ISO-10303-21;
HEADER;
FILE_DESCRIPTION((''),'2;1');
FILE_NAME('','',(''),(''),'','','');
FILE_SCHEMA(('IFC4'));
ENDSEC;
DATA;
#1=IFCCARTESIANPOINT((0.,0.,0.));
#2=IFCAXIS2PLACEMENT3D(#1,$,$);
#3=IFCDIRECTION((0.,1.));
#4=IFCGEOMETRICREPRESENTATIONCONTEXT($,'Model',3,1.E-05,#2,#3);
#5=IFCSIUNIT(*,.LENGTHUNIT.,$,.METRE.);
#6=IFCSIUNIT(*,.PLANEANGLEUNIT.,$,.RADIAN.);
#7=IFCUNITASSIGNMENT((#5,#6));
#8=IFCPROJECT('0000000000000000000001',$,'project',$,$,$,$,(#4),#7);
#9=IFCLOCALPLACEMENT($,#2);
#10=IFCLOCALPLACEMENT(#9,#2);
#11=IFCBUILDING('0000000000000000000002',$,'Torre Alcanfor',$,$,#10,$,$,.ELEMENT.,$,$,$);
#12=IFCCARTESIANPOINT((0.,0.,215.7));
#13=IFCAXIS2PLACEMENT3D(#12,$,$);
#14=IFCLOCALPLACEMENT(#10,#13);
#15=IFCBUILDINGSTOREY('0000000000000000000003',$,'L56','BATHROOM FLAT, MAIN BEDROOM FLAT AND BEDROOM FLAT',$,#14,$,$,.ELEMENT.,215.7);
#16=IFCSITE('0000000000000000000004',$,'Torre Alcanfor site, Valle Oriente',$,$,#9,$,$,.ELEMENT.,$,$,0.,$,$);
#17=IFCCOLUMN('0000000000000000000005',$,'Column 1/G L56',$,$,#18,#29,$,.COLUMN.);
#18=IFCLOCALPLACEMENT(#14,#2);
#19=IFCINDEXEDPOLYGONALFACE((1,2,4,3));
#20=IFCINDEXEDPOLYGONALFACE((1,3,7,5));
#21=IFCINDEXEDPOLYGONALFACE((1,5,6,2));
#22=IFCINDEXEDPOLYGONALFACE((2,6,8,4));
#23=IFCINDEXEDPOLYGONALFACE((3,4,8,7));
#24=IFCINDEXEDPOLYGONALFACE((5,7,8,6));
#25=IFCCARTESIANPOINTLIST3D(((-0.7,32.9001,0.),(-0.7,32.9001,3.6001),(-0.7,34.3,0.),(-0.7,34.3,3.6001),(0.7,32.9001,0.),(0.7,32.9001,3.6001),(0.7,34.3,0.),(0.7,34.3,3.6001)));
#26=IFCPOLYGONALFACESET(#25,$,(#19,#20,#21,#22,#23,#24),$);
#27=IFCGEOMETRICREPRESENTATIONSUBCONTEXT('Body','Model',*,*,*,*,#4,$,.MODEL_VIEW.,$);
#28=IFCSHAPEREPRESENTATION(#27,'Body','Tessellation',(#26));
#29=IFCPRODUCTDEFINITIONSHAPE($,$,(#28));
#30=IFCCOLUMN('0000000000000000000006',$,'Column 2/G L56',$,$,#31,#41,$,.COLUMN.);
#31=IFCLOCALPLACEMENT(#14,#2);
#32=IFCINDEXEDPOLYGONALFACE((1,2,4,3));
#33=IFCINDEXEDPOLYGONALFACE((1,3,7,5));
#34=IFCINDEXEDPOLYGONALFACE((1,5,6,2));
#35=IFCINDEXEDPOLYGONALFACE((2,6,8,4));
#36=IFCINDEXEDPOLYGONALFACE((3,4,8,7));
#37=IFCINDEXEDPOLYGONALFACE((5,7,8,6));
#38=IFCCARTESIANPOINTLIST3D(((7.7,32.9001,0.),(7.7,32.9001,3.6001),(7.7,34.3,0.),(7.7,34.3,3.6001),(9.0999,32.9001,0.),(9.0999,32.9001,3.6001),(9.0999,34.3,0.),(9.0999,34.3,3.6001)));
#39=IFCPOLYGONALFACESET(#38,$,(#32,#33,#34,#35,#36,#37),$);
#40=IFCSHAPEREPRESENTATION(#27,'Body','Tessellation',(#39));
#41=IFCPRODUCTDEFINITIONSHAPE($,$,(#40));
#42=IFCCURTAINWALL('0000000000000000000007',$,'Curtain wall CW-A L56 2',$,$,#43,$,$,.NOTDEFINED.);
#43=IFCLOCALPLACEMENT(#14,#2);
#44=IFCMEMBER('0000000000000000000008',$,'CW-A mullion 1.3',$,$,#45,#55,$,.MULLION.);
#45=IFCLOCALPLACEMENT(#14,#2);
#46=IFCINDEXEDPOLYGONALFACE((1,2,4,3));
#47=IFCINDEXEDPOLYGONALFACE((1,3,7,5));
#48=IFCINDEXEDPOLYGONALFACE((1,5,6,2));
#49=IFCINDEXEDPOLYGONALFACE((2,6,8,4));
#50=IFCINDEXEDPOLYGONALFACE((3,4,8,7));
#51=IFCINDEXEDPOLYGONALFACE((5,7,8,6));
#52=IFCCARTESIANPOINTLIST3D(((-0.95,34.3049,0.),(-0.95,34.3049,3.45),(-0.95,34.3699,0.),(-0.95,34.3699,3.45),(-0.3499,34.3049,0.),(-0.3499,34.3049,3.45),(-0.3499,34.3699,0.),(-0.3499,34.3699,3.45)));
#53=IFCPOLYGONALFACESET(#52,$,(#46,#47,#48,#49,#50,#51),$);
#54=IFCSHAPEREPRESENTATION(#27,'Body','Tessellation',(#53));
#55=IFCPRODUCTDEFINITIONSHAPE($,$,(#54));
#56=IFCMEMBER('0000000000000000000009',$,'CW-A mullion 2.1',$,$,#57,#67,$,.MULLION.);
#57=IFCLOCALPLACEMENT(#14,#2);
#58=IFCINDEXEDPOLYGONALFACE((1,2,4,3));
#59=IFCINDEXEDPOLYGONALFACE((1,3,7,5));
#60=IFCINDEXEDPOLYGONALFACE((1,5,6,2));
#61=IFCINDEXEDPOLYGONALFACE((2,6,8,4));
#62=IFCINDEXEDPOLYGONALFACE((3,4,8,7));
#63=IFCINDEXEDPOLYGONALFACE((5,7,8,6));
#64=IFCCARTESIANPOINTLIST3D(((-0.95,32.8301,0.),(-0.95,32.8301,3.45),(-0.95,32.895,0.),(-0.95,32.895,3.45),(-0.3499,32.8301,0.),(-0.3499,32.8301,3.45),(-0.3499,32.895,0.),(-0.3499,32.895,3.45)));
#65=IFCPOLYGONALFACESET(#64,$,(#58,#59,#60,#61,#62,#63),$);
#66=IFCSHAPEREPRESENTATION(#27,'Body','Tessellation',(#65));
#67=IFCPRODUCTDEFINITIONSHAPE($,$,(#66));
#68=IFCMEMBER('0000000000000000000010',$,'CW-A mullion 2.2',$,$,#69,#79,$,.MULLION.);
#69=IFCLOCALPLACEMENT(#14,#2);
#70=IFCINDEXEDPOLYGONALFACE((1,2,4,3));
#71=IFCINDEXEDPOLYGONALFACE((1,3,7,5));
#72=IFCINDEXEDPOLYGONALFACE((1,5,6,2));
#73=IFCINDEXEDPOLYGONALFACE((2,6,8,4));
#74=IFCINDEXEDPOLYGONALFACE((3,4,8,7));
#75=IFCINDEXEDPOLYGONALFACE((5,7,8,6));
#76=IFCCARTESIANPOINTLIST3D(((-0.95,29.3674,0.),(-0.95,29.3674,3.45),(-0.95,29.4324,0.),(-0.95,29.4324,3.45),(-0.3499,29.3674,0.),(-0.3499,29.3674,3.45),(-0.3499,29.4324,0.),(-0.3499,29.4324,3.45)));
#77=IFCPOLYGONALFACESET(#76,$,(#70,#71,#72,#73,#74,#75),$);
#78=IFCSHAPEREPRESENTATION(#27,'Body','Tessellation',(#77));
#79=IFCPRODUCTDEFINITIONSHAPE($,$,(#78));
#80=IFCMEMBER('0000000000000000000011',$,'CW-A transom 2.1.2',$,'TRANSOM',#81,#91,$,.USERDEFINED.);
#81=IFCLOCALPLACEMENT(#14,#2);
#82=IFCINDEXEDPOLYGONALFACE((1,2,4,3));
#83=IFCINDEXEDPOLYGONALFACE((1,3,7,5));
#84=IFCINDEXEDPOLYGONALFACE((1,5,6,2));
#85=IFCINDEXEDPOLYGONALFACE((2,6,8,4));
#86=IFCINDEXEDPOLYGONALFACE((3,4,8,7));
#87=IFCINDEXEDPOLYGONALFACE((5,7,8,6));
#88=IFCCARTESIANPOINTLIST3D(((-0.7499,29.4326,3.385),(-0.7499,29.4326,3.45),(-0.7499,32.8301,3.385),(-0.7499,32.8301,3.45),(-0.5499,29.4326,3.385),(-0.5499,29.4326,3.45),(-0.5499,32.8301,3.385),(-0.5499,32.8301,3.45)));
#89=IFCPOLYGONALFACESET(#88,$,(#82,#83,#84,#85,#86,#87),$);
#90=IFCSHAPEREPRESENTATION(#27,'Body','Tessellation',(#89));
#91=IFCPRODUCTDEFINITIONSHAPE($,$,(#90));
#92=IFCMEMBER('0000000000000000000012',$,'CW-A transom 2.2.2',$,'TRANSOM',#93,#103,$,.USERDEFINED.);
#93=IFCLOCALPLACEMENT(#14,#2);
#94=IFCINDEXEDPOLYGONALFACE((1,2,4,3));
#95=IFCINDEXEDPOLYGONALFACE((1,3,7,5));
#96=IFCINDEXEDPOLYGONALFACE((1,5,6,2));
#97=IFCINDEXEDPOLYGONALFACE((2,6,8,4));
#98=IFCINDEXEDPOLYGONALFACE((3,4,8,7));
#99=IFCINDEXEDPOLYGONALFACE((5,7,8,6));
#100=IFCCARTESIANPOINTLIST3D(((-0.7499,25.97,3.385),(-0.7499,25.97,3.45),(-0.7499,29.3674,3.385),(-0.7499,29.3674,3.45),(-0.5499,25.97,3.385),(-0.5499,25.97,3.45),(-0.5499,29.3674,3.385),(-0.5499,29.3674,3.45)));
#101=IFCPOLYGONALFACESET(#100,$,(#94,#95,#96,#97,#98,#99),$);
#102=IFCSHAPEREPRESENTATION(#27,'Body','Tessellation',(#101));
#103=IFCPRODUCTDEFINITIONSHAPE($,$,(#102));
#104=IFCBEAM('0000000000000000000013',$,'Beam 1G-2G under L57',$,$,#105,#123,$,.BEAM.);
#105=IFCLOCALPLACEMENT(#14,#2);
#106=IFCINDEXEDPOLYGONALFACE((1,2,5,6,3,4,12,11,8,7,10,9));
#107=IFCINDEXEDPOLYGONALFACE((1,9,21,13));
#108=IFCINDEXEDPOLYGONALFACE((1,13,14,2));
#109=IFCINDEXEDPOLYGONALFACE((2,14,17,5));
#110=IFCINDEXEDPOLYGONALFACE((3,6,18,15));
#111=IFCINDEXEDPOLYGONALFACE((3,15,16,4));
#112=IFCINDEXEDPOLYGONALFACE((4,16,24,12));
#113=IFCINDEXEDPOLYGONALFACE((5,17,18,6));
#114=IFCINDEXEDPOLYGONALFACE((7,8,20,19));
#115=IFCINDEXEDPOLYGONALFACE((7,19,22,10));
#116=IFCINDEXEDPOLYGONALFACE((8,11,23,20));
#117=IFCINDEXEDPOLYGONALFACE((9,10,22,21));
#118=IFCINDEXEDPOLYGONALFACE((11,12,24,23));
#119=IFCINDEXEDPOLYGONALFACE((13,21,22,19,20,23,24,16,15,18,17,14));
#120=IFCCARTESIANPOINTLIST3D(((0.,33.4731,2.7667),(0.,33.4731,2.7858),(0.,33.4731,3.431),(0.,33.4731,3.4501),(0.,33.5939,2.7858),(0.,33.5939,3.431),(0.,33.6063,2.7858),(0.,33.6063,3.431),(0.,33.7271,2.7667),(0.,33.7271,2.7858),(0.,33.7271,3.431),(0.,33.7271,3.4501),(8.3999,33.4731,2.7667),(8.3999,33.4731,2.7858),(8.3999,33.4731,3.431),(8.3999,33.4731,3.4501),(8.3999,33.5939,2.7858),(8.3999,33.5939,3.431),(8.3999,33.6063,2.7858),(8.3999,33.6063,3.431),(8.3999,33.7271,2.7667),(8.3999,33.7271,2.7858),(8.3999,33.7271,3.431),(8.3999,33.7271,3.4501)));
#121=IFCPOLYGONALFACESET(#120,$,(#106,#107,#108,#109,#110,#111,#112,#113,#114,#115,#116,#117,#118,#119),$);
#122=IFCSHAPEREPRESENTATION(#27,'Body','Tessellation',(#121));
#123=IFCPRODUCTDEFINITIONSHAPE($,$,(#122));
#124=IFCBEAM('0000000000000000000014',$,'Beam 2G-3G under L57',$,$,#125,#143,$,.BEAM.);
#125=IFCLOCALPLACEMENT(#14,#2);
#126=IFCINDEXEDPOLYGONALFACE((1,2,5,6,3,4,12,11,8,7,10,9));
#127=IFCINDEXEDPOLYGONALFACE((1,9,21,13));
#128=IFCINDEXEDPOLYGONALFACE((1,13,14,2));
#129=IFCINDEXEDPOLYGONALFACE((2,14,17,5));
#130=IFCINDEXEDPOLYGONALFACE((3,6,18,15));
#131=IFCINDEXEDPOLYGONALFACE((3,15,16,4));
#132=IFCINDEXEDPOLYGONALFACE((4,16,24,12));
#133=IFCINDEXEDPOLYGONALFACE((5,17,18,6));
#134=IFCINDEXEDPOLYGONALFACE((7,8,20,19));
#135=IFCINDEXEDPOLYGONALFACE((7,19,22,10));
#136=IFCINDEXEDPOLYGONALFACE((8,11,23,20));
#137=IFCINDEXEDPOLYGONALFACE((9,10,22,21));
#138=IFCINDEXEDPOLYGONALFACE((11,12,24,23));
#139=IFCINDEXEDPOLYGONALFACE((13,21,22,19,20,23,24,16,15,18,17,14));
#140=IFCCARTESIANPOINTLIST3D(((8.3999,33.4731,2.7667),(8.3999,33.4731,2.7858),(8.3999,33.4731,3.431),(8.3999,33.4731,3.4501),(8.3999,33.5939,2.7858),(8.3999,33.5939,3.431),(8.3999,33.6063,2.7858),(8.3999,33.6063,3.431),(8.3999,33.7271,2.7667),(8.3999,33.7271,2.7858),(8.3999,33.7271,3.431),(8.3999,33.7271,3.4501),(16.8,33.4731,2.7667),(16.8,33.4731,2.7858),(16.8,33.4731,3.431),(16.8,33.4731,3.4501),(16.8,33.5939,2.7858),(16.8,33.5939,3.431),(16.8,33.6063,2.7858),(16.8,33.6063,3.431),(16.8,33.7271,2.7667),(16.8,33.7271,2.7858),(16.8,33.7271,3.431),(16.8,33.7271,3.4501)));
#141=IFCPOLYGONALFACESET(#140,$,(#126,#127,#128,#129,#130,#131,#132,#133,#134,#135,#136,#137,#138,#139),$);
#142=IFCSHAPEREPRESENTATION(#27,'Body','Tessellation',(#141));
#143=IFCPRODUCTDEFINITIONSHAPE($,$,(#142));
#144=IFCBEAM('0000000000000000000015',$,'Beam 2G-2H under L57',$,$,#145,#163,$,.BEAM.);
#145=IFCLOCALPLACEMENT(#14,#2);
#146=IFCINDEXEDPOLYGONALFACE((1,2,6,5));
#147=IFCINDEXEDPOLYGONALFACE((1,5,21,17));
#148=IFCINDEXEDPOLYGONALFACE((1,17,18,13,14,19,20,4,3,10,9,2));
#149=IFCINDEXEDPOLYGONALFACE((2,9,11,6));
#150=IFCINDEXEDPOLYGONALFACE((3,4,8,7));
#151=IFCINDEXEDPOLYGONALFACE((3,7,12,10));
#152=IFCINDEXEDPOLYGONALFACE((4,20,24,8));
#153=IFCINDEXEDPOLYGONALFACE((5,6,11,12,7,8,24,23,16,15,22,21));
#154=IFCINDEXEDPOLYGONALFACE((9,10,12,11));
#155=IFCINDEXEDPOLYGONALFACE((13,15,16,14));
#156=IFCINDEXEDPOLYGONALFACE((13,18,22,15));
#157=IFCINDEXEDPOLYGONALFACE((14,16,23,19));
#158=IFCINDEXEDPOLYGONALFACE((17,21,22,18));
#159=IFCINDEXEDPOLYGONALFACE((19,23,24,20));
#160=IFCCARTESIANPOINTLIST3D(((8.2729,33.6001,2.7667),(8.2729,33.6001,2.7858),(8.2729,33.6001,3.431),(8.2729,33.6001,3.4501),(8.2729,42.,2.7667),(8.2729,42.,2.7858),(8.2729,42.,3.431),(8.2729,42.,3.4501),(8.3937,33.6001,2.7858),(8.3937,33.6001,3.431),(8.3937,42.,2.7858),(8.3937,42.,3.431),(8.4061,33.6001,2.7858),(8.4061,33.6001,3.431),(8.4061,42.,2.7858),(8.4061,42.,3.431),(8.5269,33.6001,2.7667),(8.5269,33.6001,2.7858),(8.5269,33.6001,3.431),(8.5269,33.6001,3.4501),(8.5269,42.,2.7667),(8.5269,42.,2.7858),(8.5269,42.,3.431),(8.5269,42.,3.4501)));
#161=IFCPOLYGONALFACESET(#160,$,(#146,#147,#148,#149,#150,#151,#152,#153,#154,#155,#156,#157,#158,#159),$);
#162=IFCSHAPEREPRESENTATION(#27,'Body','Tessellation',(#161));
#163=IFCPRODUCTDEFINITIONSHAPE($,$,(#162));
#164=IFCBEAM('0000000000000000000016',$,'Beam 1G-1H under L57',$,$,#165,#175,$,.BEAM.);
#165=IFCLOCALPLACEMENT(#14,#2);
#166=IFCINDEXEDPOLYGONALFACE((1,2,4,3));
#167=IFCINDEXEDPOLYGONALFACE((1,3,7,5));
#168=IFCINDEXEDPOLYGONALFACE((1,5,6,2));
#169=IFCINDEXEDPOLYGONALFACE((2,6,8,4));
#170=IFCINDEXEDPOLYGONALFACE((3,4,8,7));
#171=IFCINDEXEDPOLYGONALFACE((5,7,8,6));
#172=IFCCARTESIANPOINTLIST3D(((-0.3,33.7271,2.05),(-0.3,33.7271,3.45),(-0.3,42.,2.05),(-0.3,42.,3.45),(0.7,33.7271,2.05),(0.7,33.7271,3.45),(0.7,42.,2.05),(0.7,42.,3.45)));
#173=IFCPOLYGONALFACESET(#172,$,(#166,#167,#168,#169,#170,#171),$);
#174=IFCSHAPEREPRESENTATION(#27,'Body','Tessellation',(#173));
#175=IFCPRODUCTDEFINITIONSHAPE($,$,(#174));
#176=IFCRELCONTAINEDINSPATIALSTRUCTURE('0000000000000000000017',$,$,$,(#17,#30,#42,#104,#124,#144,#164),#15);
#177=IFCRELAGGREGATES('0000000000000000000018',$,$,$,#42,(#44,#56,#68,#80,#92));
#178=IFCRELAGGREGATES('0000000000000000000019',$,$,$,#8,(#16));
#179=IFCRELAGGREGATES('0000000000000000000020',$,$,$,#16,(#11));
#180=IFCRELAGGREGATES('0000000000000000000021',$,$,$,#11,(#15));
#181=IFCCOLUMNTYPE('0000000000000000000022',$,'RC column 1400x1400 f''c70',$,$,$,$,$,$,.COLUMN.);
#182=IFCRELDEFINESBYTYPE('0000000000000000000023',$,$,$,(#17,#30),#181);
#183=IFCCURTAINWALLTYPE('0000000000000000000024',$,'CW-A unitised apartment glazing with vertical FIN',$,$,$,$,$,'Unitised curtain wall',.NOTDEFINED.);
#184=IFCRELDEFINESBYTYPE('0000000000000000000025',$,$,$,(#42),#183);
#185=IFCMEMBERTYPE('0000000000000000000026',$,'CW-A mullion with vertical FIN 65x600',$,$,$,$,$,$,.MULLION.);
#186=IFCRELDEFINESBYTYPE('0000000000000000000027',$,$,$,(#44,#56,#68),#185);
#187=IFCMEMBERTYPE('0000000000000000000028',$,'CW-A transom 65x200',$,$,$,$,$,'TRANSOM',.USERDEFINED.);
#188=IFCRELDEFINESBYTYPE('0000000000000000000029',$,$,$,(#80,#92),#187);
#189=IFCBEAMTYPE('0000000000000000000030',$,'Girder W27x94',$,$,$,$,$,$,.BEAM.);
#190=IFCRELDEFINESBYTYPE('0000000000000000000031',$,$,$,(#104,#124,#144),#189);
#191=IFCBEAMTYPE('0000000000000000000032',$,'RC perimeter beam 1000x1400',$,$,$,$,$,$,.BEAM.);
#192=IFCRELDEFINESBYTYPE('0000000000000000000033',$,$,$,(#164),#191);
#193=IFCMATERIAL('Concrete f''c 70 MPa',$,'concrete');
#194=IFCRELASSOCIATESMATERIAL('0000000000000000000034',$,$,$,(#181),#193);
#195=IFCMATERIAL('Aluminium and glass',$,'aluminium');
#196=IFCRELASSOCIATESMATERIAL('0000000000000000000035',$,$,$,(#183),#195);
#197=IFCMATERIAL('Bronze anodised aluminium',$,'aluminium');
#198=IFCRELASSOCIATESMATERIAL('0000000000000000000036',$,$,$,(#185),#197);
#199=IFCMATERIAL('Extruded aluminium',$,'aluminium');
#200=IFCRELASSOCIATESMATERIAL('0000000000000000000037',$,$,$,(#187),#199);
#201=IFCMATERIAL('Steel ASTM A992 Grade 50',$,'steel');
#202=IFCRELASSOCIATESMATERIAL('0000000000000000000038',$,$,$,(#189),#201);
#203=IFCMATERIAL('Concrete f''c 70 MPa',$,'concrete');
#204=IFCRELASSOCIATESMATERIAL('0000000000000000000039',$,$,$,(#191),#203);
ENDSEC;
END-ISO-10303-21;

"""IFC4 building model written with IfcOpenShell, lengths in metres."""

from ifc_helpers import new_model, si_unit, direction, frame, origin, origin_2d, place, context, subcontext, project, spatial, rectangle, i_section, extrude, material, material_profile, profile_set, type_object, element, aggregate, save


model = new_model("IFC4")

# Units and contexts
model_context = context("Model", 3, precision=1e-05, world=origin(), true_north=direction((0.0, 1.0)))
body_context = subcontext(model_context, "Body", "Model", "MODEL_VIEW")
ifc_project = project(units=[si_unit("LENGTHUNIT", "METRE"), si_unit("PLANEANGLEUNIT", "RADIAN")], contexts=[model_context])

# Site, building, storey
site_placement = place(None, origin())
site = spatial("IfcSite", under=ifc_project, at=site_placement, Name="Torre Alcanfor site, Valle Oriente", CompositionType="ELEMENT", RefElevation=0.0)
building_placement = place(site_placement, origin())
building = spatial("IfcBuilding", under=site, at=building_placement, Name="Torre Alcanfor", CompositionType="ELEMENT")
storey_placement = place(building_placement, frame((0.0, 0.0, 215.7)))
storey = spatial("IfcBuildingStorey", under=building, at=storey_placement, Name="L56", Description="BATHROOM FLAT, MAIN BEDROOM FLAT AND BEDROOM FLAT", CompositionType="ELEMENT", Elevation=215.7)

# Columns
ifc_material_1 = material(Name="Concrete f'c 70 MPa", Category="concrete")
ifc_material_profile_1 = material_profile(ifc_material_1, rectangle(XDim=1.3999, YDim=1.3999, at=origin_2d()), Name="1400x1400")
ifc_profile_set_1 = profile_set([ifc_material_profile_1], Name="Concrete f'c 70 MPa")
column_type = type_object("IfcColumnType", Name="RC column 1400x1400 f'c70", PredefinedType="COLUMN", material=ifc_profile_set_1)
for number, where, z_axis, x_axis, name in (
    (1, (0.0, 33.6001, 0.0), (0.0, 0.0, 1.0), (1.0, 0.0, 0.0), "Column 1/G L56"),
    (2, (8.3999, 33.6001, 0.0), (0.0, 0.0, 1.0), (1.0, 0.0, 0.0), "Column 2/G L56"),
):
    element("IfcColumn", number, at=place(storey_placement, frame(where, z_axis=z_axis, x_axis=x_axis)), inside=storey, type_object=column_type, Name=name, PredefinedType="COLUMN", context=body_context, shape_type="SweptSolid", body=[
        extrude(rectangle(XDim=1.3999, YDim=1.3999, at=origin_2d()), origin(), (0.0, 0.0, 1.0), 3.6001),
    ])

# Curtain wall, members
ifc_material_2 = material(Name="Aluminium and glass", Category="aluminium")
curtain_wall_type = type_object("IfcCurtainWallType", Name="CW-A unitised apartment glazing with vertical FIN", ElementType="Unitised curtain wall", PredefinedType="NOTDEFINED", material=ifc_material_2)
curtain_wall_placement = place(storey_placement, origin())
curtain_wall = element("IfcCurtainWall", 3, at=curtain_wall_placement, inside=storey, type_object=curtain_wall_type, Name="Curtain wall CW-A L56 2", PredefinedType="NOTDEFINED")
ifc_material_3 = material(Name="Bronze anodised aluminium", Category="aluminium")
ifc_material_profile_2 = material_profile(ifc_material_3, rectangle(XDim=0.6001, YDim=0.0649, at=origin_2d()), Name="CW-A mullion 65x600")
ifc_profile_set_2 = profile_set([ifc_material_profile_2], Name="Bronze anodised aluminium")
member_type_1 = type_object("IfcMemberType", Name="CW-A mullion with vertical FIN 65x600", PredefinedType="MULLION", material=ifc_profile_set_2)
member_1_placement = place(storey_placement, frame((-0.6499, 34.3374, 0.0), z_axis=(0.0, 0.0, 1.0), x_axis=(1.0, 0.0, 0.0)))
member_1 = element("IfcMember", 4, at=member_1_placement, type_object=member_type_1, Name="CW-A mullion 1.3", PredefinedType="MULLION", context=body_context, shape_type="SweptSolid", body=[
    extrude(rectangle(XDim=0.6001, YDim=0.0649, at=origin_2d()), origin(), (0.0, 0.0, 1.0), 3.45),
])
member_2_placement = place(storey_placement, frame((-0.6499, 32.8625, 0.0), z_axis=(0.0, 0.0, 1.0), x_axis=(1.0, 0.0, 0.0)))
member_2 = element("IfcMember", 5, at=member_2_placement, type_object=member_type_1, Name="CW-A mullion 2.1", PredefinedType="MULLION", context=body_context, shape_type="SweptSolid", body=[
    extrude(rectangle(XDim=0.6001, YDim=0.0649, at=origin_2d()), origin(), (0.0, 0.0, 1.0), 3.45),
])
member_3_placement = place(storey_placement, frame((-0.6499, 29.3999, 0.0), z_axis=(0.0, 0.0, 1.0), x_axis=(1.0, 0.0, 0.0)))
member_3 = element("IfcMember", 6, at=member_3_placement, type_object=member_type_1, Name="CW-A mullion 2.2", PredefinedType="MULLION", context=body_context, shape_type="SweptSolid", body=[
    extrude(rectangle(XDim=0.6001, YDim=0.0649, at=origin_2d()), origin(), (0.0, 0.0, 1.0), 3.45),
])
ifc_material_4 = material(Name="Extruded aluminium", Category="aluminium")
ifc_material_profile_3 = material_profile(ifc_material_4, rectangle(XDim=0.2, YDim=0.0649, at=origin_2d()), Name="CW-A transom 200x65")
ifc_profile_set_3 = profile_set([ifc_material_profile_3], Name="Extruded aluminium")
member_type_2 = type_object("IfcMemberType", Name="CW-A transom 65x200", ElementType="TRANSOM", PredefinedType="USERDEFINED", material=ifc_profile_set_3)
member_4_placement = place(storey_placement, frame((-0.6499, 32.8301, 3.4175), z_axis=(0.0, -1.0, 0.0), x_axis=(1.0, 0.0, 0.0)))
member_4 = element("IfcMember", 7, at=member_4_placement, type_object=member_type_2, Name="CW-A transom 2.1.2", ObjectType="TRANSOM", PredefinedType="USERDEFINED", context=body_context, shape_type="SweptSolid", body=[
    extrude(rectangle(XDim=0.2, YDim=0.0649, at=origin_2d()), origin(), (0.0, 0.0, 1.0), 3.3975),
])
member_5_placement = place(storey_placement, frame((-0.6499, 29.3674, 3.4175), z_axis=(0.0, -1.0, 0.0), x_axis=(1.0, 0.0, 0.0)))
member_5 = element("IfcMember", 8, at=member_5_placement, type_object=member_type_2, Name="CW-A transom 2.2.2", ObjectType="TRANSOM", PredefinedType="USERDEFINED", context=body_context, shape_type="SweptSolid", body=[
    extrude(rectangle(XDim=0.2, YDim=0.0649, at=origin_2d()), origin(), (0.0, 0.0, 1.0), 3.3975),
])

# Beams
ifc_material_5 = material(Name="Steel ASTM A992 Grade 50", Category="steel")
ifc_material_profile_4 = material_profile(ifc_material_5, i_section(OverallWidth=0.2539, OverallDepth=0.6833, WebThickness=0.0125, FlangeThickness=0.019, at=origin_2d()), Name="W27x94")
ifc_profile_set_4 = profile_set([ifc_material_profile_4], Name="Steel ASTM A992 Grade 50")
beam_type_1 = type_object("IfcBeamType", Name="Girder W27x94", PredefinedType="BEAM", material=ifc_profile_set_4)
beam_1_placement = place(storey_placement, frame((0.0, 33.6001, 3.1084), z_axis=(1.0, 0.0, 0.0), x_axis=(0.0, 1.0, 0.0)))
element("IfcBeam", 9, at=beam_1_placement, inside=storey, type_object=beam_type_1, Name="Beam 1G-2G under L57", PredefinedType="BEAM", context=body_context, shape_type="SweptSolid", body=[
    extrude(i_section(OverallWidth=0.2539, OverallDepth=0.6833, WebThickness=0.0125, FlangeThickness=0.019, at=origin_2d()), origin(), (0.0, 0.0, 1.0), 8.3999),
])
beam_2_placement = place(storey_placement, frame((8.3999, 33.6001, 3.1084), z_axis=(1.0, 0.0, 0.0), x_axis=(0.0, 1.0, 0.0)))
element("IfcBeam", 10, at=beam_2_placement, inside=storey, type_object=beam_type_1, Name="Beam 2G-3G under L57", PredefinedType="BEAM", context=body_context, shape_type="SweptSolid", body=[
    extrude(i_section(OverallWidth=0.2539, OverallDepth=0.6833, WebThickness=0.0125, FlangeThickness=0.019, at=origin_2d()), origin(), (0.0, 0.0, 1.0), 8.4001),
])
beam_3_placement = place(storey_placement, frame((8.3999, 33.6001, 3.1084), z_axis=(0.0, 1.0, 0.0), x_axis=(-1.0, 0.0, 0.0)))
element("IfcBeam", 11, at=beam_3_placement, inside=storey, type_object=beam_type_1, Name="Beam 2G-2H under L57", PredefinedType="BEAM", context=body_context, shape_type="SweptSolid", body=[
    extrude(i_section(OverallWidth=0.2539, OverallDepth=0.6833, WebThickness=0.0125, FlangeThickness=0.019, at=origin_2d()), origin(), (0.0, 0.0, 1.0), 8.3999),
])
ifc_material_6 = material(Name="Concrete f'c 70 MPa", Category="concrete")
ifc_material_profile_5 = material_profile(ifc_material_6, rectangle(XDim=1.0, YDim=1.3999, at=origin_2d()), Name="1000x1400")
ifc_profile_set_5 = profile_set([ifc_material_profile_5], Name="Concrete f'c 70 MPa")
beam_type_2 = type_object("IfcBeamType", Name="RC perimeter beam 1000x1400", PredefinedType="BEAM", material=ifc_profile_set_5)
beam_4_placement = place(storey_placement, frame((0.2, 33.7271, 2.75), z_axis=(0.0, 1.0, 0.0), x_axis=(-1.0, 0.0, 0.0)))
element("IfcBeam", 12, at=beam_4_placement, inside=storey, type_object=beam_type_2, Name="Beam 1G-1H under L57", PredefinedType="BEAM", context=body_context, shape_type="SweptSolid", body=[
    extrude(rectangle(XDim=1.0, YDim=1.3999, at=origin_2d()), origin(), (0.0, 0.0, 1.0), 8.2729),
])

aggregate(curtain_wall, [member_1, member_2, member_3, member_4, member_5])

save(model, "model.ifc")
